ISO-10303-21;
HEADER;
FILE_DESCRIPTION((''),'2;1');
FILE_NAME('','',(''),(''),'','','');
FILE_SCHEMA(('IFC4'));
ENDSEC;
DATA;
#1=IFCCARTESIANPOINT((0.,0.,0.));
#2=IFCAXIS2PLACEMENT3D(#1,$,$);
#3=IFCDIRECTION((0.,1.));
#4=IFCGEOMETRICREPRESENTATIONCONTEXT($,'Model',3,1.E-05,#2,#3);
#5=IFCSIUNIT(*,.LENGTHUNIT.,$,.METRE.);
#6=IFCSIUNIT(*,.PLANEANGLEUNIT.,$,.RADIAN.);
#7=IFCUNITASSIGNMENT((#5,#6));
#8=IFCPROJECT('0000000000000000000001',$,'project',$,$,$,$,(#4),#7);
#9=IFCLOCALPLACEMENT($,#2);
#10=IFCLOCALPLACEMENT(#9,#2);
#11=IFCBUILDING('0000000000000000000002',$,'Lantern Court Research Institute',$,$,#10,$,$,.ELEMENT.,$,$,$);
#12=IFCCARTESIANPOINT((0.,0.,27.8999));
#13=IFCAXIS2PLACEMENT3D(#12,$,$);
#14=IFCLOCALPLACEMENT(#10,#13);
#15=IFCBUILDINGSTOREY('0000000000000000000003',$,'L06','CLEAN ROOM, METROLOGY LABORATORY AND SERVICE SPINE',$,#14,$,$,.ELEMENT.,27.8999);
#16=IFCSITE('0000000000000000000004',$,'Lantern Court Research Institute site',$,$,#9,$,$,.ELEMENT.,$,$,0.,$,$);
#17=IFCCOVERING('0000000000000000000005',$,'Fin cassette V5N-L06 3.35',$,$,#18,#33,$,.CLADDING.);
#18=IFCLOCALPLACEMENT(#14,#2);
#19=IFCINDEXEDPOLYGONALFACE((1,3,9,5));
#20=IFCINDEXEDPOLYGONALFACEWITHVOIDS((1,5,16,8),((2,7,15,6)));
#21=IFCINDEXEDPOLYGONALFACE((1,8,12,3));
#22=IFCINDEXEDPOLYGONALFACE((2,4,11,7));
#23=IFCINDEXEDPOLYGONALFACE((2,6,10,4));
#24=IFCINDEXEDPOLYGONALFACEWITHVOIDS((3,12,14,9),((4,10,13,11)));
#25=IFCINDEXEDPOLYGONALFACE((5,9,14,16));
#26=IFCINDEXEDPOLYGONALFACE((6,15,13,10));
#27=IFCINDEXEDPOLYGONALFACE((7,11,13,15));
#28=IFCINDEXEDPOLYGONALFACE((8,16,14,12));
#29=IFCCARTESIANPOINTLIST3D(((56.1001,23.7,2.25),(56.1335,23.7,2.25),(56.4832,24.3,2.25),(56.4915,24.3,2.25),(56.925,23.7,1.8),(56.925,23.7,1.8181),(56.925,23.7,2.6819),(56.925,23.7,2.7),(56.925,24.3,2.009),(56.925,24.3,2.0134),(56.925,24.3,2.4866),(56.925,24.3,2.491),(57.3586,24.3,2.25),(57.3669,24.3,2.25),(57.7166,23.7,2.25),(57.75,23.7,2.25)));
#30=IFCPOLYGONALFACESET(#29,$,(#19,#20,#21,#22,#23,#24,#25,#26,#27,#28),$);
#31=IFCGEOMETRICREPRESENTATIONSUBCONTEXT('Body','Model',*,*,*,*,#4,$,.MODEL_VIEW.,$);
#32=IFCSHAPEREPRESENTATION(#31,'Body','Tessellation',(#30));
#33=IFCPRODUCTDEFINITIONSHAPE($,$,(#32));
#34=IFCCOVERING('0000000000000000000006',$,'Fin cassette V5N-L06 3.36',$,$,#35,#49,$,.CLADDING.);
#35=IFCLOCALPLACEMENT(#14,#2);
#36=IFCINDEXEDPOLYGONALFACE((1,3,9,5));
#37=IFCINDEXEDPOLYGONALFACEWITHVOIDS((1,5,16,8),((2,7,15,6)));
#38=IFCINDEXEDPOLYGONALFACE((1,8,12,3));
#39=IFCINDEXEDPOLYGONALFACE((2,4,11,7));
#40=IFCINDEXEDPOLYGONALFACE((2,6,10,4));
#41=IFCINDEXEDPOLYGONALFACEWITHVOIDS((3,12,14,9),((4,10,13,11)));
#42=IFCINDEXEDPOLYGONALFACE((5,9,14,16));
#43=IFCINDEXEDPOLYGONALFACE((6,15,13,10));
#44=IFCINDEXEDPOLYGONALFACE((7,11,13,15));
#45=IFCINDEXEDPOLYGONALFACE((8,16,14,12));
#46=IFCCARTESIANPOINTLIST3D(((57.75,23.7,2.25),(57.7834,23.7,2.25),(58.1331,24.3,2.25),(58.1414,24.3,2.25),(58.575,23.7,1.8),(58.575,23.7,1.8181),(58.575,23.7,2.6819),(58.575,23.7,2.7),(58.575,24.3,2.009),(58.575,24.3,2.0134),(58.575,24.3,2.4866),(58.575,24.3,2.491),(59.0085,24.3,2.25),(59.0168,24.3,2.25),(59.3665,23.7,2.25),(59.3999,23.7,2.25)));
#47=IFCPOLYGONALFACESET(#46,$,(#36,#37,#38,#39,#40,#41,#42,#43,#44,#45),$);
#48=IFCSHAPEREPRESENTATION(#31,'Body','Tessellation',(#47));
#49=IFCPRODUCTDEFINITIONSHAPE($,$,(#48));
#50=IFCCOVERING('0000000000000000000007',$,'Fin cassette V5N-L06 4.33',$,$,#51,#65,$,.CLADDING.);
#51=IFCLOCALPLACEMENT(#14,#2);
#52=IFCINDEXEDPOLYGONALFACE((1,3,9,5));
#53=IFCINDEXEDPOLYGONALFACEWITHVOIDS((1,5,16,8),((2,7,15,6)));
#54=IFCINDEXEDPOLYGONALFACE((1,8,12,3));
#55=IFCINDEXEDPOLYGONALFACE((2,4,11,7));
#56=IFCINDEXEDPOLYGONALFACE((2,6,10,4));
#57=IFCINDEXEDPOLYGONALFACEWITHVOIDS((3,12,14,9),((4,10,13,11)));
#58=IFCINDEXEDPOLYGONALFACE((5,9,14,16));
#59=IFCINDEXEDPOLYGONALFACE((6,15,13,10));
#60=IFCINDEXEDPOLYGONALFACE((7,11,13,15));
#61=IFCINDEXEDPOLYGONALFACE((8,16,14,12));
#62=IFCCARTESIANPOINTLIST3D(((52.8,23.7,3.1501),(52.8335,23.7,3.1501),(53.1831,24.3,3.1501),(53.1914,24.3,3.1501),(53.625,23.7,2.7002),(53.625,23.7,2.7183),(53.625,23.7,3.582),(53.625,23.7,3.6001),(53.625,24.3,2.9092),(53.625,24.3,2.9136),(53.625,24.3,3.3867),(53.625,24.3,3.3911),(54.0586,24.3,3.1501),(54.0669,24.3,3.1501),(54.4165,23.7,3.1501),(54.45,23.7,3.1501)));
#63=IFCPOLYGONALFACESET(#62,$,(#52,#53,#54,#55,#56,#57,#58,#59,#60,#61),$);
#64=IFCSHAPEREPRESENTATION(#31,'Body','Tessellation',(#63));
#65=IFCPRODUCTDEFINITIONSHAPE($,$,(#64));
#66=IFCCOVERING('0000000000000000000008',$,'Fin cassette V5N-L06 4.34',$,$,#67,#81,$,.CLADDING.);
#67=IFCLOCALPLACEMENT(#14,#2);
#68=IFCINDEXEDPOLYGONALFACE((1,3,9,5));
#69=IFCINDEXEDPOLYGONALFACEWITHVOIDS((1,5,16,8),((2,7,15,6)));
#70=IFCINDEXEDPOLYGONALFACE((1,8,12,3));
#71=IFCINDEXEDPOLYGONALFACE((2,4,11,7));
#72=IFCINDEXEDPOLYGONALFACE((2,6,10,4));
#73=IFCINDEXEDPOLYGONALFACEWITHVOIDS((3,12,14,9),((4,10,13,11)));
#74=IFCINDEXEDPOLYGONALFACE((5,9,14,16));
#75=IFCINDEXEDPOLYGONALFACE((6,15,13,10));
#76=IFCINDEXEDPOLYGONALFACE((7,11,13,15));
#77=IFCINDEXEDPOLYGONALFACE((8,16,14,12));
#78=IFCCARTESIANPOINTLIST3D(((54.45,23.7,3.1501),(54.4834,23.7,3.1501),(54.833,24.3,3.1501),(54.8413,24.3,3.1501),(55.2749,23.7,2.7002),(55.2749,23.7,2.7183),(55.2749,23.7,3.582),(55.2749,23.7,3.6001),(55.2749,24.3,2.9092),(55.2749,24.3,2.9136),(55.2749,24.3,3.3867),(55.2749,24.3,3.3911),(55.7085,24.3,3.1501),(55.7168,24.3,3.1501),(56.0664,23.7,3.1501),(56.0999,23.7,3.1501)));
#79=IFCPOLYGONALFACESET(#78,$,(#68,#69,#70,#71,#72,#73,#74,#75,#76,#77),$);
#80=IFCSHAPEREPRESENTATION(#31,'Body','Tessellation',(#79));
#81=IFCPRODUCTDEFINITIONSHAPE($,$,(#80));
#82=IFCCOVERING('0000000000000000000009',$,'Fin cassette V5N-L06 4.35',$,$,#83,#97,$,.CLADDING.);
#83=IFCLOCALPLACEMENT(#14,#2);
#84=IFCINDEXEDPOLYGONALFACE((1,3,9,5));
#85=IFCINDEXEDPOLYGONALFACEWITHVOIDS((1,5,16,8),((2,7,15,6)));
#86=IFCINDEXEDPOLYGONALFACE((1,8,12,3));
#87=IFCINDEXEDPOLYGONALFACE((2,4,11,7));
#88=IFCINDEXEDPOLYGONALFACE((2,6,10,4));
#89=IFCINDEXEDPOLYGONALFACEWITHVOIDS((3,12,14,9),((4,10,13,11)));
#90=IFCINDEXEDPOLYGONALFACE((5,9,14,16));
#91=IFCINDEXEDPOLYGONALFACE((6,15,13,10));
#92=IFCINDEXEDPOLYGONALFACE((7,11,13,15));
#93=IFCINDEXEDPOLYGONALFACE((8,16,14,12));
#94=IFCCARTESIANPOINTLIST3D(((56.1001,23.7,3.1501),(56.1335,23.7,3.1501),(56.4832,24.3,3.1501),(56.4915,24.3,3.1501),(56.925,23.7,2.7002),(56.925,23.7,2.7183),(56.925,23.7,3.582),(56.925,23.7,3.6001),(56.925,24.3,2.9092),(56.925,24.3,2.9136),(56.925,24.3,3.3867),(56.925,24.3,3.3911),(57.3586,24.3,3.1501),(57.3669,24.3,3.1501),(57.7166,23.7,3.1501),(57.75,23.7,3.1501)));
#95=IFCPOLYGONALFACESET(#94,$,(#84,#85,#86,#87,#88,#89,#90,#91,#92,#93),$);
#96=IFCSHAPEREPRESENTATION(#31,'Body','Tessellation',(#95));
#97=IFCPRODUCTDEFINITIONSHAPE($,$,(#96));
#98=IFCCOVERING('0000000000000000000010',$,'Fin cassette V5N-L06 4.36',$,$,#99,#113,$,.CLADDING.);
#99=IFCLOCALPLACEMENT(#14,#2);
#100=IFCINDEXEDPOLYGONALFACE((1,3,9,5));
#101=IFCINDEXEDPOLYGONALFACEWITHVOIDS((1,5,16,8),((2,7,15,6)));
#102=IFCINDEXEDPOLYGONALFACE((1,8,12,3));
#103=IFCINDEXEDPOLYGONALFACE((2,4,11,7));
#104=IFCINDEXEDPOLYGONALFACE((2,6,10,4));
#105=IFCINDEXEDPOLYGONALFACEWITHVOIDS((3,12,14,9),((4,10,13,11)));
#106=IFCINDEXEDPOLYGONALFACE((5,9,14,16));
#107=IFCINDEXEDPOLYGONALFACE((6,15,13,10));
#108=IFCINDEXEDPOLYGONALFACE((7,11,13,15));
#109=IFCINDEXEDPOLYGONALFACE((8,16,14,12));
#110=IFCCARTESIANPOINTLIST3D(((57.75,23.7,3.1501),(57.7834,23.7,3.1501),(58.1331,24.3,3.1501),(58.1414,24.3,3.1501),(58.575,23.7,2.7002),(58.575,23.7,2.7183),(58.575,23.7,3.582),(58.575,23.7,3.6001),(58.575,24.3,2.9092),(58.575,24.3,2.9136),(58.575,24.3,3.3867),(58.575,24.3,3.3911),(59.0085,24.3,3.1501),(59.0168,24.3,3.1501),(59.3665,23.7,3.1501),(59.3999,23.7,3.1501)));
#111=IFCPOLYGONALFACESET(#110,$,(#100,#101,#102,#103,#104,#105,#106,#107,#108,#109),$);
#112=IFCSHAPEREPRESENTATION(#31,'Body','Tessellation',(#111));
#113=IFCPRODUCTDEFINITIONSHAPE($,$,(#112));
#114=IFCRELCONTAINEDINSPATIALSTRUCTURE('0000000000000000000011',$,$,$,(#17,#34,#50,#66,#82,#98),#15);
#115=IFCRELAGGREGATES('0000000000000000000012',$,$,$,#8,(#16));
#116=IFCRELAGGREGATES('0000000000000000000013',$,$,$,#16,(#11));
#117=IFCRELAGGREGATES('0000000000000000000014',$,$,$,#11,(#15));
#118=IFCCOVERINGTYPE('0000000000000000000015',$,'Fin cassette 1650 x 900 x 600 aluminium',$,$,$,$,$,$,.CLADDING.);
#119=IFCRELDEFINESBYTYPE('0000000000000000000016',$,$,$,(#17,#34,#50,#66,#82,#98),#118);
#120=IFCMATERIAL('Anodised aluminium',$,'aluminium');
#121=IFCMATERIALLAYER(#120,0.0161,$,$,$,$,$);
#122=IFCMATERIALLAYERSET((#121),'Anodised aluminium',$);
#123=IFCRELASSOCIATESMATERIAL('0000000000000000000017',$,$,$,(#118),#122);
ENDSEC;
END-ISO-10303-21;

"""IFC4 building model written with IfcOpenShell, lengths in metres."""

from ifc_helpers import new_model, entity, si_unit, direction, frame, origin, place, context, subcontext, project, spatial, material, layer, layer_set, type_object, element, save


model = new_model("IFC4")

# Units and contexts
model_context = context("Model", 3, precision=1e-05, world=origin(), true_north=direction((0.0, 1.0)))
body_context = subcontext(model_context, "Body", "Model", "MODEL_VIEW")
ifc_project = project(units=[si_unit("LENGTHUNIT", "METRE"), si_unit("PLANEANGLEUNIT", "RADIAN")], contexts=[model_context])

# Site, building, storey
site_placement = place(None, origin())
site = spatial("IfcSite", under=ifc_project, at=site_placement, Name="Lantern Court Research Institute site", CompositionType="ELEMENT", RefElevation=0.0)
building_placement = place(site_placement, origin())
building = spatial("IfcBuilding", under=site, at=building_placement, Name="Lantern Court Research Institute", CompositionType="ELEMENT")
storey_placement = place(building_placement, frame((0.0, 0.0, 27.8999)))
storey = spatial("IfcBuildingStorey", under=building, at=storey_placement, Name="L06", Description="CLEAN ROOM, METROLOGY LABORATORY AND SERVICE SPINE", CompositionType="ELEMENT", Elevation=27.8999)

# Coverings
ifc_material_1 = material(Name="Anodised aluminium", Category="aluminium")
ifc_layer_1 = layer(ifc_material_1, 0.0161)
ifc_layer_set_1 = layer_set([ifc_layer_1], Name="Anodised aluminium")
covering_type = type_object("IfcCoveringType", Name="Fin cassette 1650 x 900 x 600 aluminium", PredefinedType="CLADDING", material=ifc_layer_set_1)
covering_1_placement = place(storey_placement, frame((56.925, 23.7, 2.25), z_axis=(0.0, 1.0, 0.0), x_axis=(-1.0, 0.0, 0.0)))
cartesian_point_1 = entity("IfcCartesianPoint", [0.825, 0.0])
cartesian_point_2 = entity("IfcCartesianPoint", [0.7915, 0.0])
cartesian_point_3 = entity("IfcCartesianPoint", [0.4419, 0.0])
cartesian_point_4 = entity("IfcCartesianPoint", [0.4336, 0.0])
element("IfcCovering", 1, at=covering_1_placement, inside=storey, type_object=covering_type, Name="Fin cassette V5N-L06 3.35", PredefinedType="CLADDING", context=body_context, shape_type="SweptSolid", body=[
    entity("IfcExtrudedAreaSolidTapered", entity("IfcArbitraryProfileDefWithVoids", "AREA", None, entity("IfcPolyline", [cartesian_point_1, entity("IfcCartesianPoint", [0.0, 0.45]), entity("IfcCartesianPoint", [-0.825, 0.0]), entity("IfcCartesianPoint", [0.0, -0.45]), cartesian_point_1]), [entity("IfcPolyline", [cartesian_point_2, entity("IfcCartesianPoint", [0.0, 0.4319]), entity("IfcCartesianPoint", [-0.7915, 0.0]), entity("IfcCartesianPoint", [0.0, -0.4319]), cartesian_point_2])]), entity("IfcAxis2Placement3D", entity("IfcCartesianPoint", [0.0, 0.0, 0.0])), entity("IfcDirection", [0.0, 0.0, 1.0]), 0.6001, entity("IfcArbitraryProfileDefWithVoids", "AREA", None, entity("IfcPolyline", [cartesian_point_3, entity("IfcCartesianPoint", [0.0, 0.241]), entity("IfcCartesianPoint", [-0.4419, 0.0]), entity("IfcCartesianPoint", [0.0, -0.241]), cartesian_point_3]), [entity("IfcPolyline", [cartesian_point_4, entity("IfcCartesianPoint", [0.0, 0.2366]), entity("IfcCartesianPoint", [-0.4336, 0.0]), entity("IfcCartesianPoint", [0.0, -0.2366]), cartesian_point_4])])),
])
covering_2_placement = place(storey_placement, frame((58.575, 23.7, 2.25), z_axis=(0.0, 1.0, 0.0), x_axis=(-1.0, 0.0, 0.0)))
cartesian_point_5 = entity("IfcCartesianPoint", [0.825, 0.0])
cartesian_point_6 = entity("IfcCartesianPoint", [0.7915, 0.0])
cartesian_point_7 = entity("IfcCartesianPoint", [0.4419, 0.0])
cartesian_point_8 = entity("IfcCartesianPoint", [0.4336, 0.0])
element("IfcCovering", 2, at=covering_2_placement, inside=storey, type_object=covering_type, Name="Fin cassette V5N-L06 3.36", PredefinedType="CLADDING", context=body_context, shape_type="SweptSolid", body=[
    entity("IfcExtrudedAreaSolidTapered", entity("IfcArbitraryProfileDefWithVoids", "AREA", None, entity("IfcPolyline", [cartesian_point_5, entity("IfcCartesianPoint", [0.0, 0.45]), entity("IfcCartesianPoint", [-0.825, 0.0]), entity("IfcCartesianPoint", [0.0, -0.45]), cartesian_point_5]), [entity("IfcPolyline", [cartesian_point_6, entity("IfcCartesianPoint", [0.0, 0.4319]), entity("IfcCartesianPoint", [-0.7915, 0.0]), entity("IfcCartesianPoint", [0.0, -0.4319]), cartesian_point_6])]), entity("IfcAxis2Placement3D", entity("IfcCartesianPoint", [0.0, 0.0, 0.0])), entity("IfcDirection", [0.0, 0.0, 1.0]), 0.6001, entity("IfcArbitraryProfileDefWithVoids", "AREA", None, entity("IfcPolyline", [cartesian_point_7, entity("IfcCartesianPoint", [0.0, 0.241]), entity("IfcCartesianPoint", [-0.4419, 0.0]), entity("IfcCartesianPoint", [0.0, -0.241]), cartesian_point_7]), [entity("IfcPolyline", [cartesian_point_8, entity("IfcCartesianPoint", [0.0, 0.2366]), entity("IfcCartesianPoint", [-0.4336, 0.0]), entity("IfcCartesianPoint", [0.0, -0.2366]), cartesian_point_8])])),
])
covering_3_placement = place(storey_placement, frame((53.625, 23.7, 3.1501), z_axis=(0.0, 1.0, 0.0), x_axis=(-1.0, 0.0, 0.0)))
cartesian_point_9 = entity("IfcCartesianPoint", [0.825, 0.0])
cartesian_point_10 = entity("IfcCartesianPoint", [0.7915, 0.0])
cartesian_point_11 = entity("IfcCartesianPoint", [0.4419, 0.0])
cartesian_point_12 = entity("IfcCartesianPoint", [0.4336, 0.0])
element("IfcCovering", 3, at=covering_3_placement, inside=storey, type_object=covering_type, Name="Fin cassette V5N-L06 4.33", PredefinedType="CLADDING", context=body_context, shape_type="SweptSolid", body=[
    entity("IfcExtrudedAreaSolidTapered", entity("IfcArbitraryProfileDefWithVoids", "AREA", None, entity("IfcPolyline", [cartesian_point_9, entity("IfcCartesianPoint", [0.0, 0.45]), entity("IfcCartesianPoint", [-0.825, 0.0]), entity("IfcCartesianPoint", [0.0, -0.45]), cartesian_point_9]), [entity("IfcPolyline", [cartesian_point_10, entity("IfcCartesianPoint", [0.0, 0.4319]), entity("IfcCartesianPoint", [-0.7915, 0.0]), entity("IfcCartesianPoint", [0.0, -0.4319]), cartesian_point_10])]), entity("IfcAxis2Placement3D", entity("IfcCartesianPoint", [0.0, 0.0, 0.0])), entity("IfcDirection", [0.0, 0.0, 1.0]), 0.6001, entity("IfcArbitraryProfileDefWithVoids", "AREA", None, entity("IfcPolyline", [cartesian_point_11, entity("IfcCartesianPoint", [0.0, 0.241]), entity("IfcCartesianPoint", [-0.4419, 0.0]), entity("IfcCartesianPoint", [0.0, -0.241]), cartesian_point_11]), [entity("IfcPolyline", [cartesian_point_12, entity("IfcCartesianPoint", [0.0, 0.2366]), entity("IfcCartesianPoint", [-0.4336, 0.0]), entity("IfcCartesianPoint", [0.0, -0.2366]), cartesian_point_12])])),
])
covering_4_placement = place(storey_placement, frame((55.2749, 23.7, 3.1501), z_axis=(0.0, 1.0, 0.0), x_axis=(-1.0, 0.0, 0.0)))
cartesian_point_13 = entity("IfcCartesianPoint", [0.825, 0.0])
cartesian_point_14 = entity("IfcCartesianPoint", [0.7915, 0.0])
cartesian_point_15 = entity("IfcCartesianPoint", [0.4419, 0.0])
cartesian_point_16 = entity("IfcCartesianPoint", [0.4336, 0.0])
element("IfcCovering", 4, at=covering_4_placement, inside=storey, type_object=covering_type, Name="Fin cassette V5N-L06 4.34", PredefinedType="CLADDING", context=body_context, shape_type="SweptSolid", body=[
    entity("IfcExtrudedAreaSolidTapered", entity("IfcArbitraryProfileDefWithVoids", "AREA", None, entity("IfcPolyline", [cartesian_point_13, entity("IfcCartesianPoint", [0.0, 0.45]), entity("IfcCartesianPoint", [-0.825, 0.0]), entity("IfcCartesianPoint", [0.0, -0.45]), cartesian_point_13]), [entity("IfcPolyline", [cartesian_point_14, entity("IfcCartesianPoint", [0.0, 0.4319]), entity("IfcCartesianPoint", [-0.7915, 0.0]), entity("IfcCartesianPoint", [0.0, -0.4319]), cartesian_point_14])]), entity("IfcAxis2Placement3D", entity("IfcCartesianPoint", [0.0, 0.0, 0.0])), entity("IfcDirection", [0.0, 0.0, 1.0]), 0.6001, entity("IfcArbitraryProfileDefWithVoids", "AREA", None, entity("IfcPolyline", [cartesian_point_15, entity("IfcCartesianPoint", [0.0, 0.241]), entity("IfcCartesianPoint", [-0.4419, 0.0]), entity("IfcCartesianPoint", [0.0, -0.241]), cartesian_point_15]), [entity("IfcPolyline", [cartesian_point_16, entity("IfcCartesianPoint", [0.0, 0.2366]), entity("IfcCartesianPoint", [-0.4336, 0.0]), entity("IfcCartesianPoint", [0.0, -0.2366]), cartesian_point_16])])),
])
covering_5_placement = place(storey_placement, frame((56.925, 23.7, 3.1501), z_axis=(0.0, 1.0, 0.0), x_axis=(-1.0, 0.0, 0.0)))
cartesian_point_17 = entity("IfcCartesianPoint", [0.825, 0.0])
cartesian_point_18 = entity("IfcCartesianPoint", [0.7915, 0.0])
cartesian_point_19 = entity("IfcCartesianPoint", [0.4419, 0.0])
cartesian_point_20 = entity("IfcCartesianPoint", [0.4336, 0.0])
element("IfcCovering", 5, at=covering_5_placement, inside=storey, type_object=covering_type, Name="Fin cassette V5N-L06 4.35", PredefinedType="CLADDING", context=body_context, shape_type="SweptSolid", body=[
    entity("IfcExtrudedAreaSolidTapered", entity("IfcArbitraryProfileDefWithVoids", "AREA", None, entity("IfcPolyline", [cartesian_point_17, entity("IfcCartesianPoint", [0.0, 0.45]), entity("IfcCartesianPoint", [-0.825, 0.0]), entity("IfcCartesianPoint", [0.0, -0.45]), cartesian_point_17]), [entity("IfcPolyline", [cartesian_point_18, entity("IfcCartesianPoint", [0.0, 0.4319]), entity("IfcCartesianPoint", [-0.7915, 0.0]), entity("IfcCartesianPoint", [0.0, -0.4319]), cartesian_point_18])]), entity("IfcAxis2Placement3D", entity("IfcCartesianPoint", [0.0, 0.0, 0.0])), entity("IfcDirection", [0.0, 0.0, 1.0]), 0.6001, entity("IfcArbitraryProfileDefWithVoids", "AREA", None, entity("IfcPolyline", [cartesian_point_19, entity("IfcCartesianPoint", [0.0, 0.241]), entity("IfcCartesianPoint", [-0.4419, 0.0]), entity("IfcCartesianPoint", [0.0, -0.241]), cartesian_point_19]), [entity("IfcPolyline", [cartesian_point_20, entity("IfcCartesianPoint", [0.0, 0.2366]), entity("IfcCartesianPoint", [-0.4336, 0.0]), entity("IfcCartesianPoint", [0.0, -0.2366]), cartesian_point_20])])),
])
covering_6_placement = place(storey_placement, frame((58.575, 23.7, 3.1501), z_axis=(0.0, 1.0, 0.0), x_axis=(-1.0, 0.0, 0.0)))
cartesian_point_21 = entity("IfcCartesianPoint", [0.825, 0.0])
cartesian_point_22 = entity("IfcCartesianPoint", [0.7915, 0.0])
cartesian_point_23 = entity("IfcCartesianPoint", [0.4419, 0.0])
cartesian_point_24 = entity("IfcCartesianPoint", [0.4336, 0.0])
element("IfcCovering", 6, at=covering_6_placement, inside=storey, type_object=covering_type, Name="Fin cassette V5N-L06 4.36", PredefinedType="CLADDING", context=body_context, shape_type="SweptSolid", body=[
    entity("IfcExtrudedAreaSolidTapered", entity("IfcArbitraryProfileDefWithVoids", "AREA", None, entity("IfcPolyline", [cartesian_point_21, entity("IfcCartesianPoint", [0.0, 0.45]), entity("IfcCartesianPoint", [-0.825, 0.0]), entity("IfcCartesianPoint", [0.0, -0.45]), cartesian_point_21]), [entity("IfcPolyline", [cartesian_point_22, entity("IfcCartesianPoint", [0.0, 0.4319]), entity("IfcCartesianPoint", [-0.7915, 0.0]), entity("IfcCartesianPoint", [0.0, -0.4319]), cartesian_point_22])]), entity("IfcAxis2Placement3D", entity("IfcCartesianPoint", [0.0, 0.0, 0.0])), entity("IfcDirection", [0.0, 0.0, 1.0]), 0.6001, entity("IfcArbitraryProfileDefWithVoids", "AREA", None, entity("IfcPolyline", [cartesian_point_23, entity("IfcCartesianPoint", [0.0, 0.241]), entity("IfcCartesianPoint", [-0.4419, 0.0]), entity("IfcCartesianPoint", [0.0, -0.241]), cartesian_point_23]), [entity("IfcPolyline", [cartesian_point_24, entity("IfcCartesianPoint", [0.0, 0.2366]), entity("IfcCartesianPoint", [-0.4336, 0.0]), entity("IfcCartesianPoint", [0.0, -0.2366]), cartesian_point_24])])),
])

save(model, "model.ifc")
